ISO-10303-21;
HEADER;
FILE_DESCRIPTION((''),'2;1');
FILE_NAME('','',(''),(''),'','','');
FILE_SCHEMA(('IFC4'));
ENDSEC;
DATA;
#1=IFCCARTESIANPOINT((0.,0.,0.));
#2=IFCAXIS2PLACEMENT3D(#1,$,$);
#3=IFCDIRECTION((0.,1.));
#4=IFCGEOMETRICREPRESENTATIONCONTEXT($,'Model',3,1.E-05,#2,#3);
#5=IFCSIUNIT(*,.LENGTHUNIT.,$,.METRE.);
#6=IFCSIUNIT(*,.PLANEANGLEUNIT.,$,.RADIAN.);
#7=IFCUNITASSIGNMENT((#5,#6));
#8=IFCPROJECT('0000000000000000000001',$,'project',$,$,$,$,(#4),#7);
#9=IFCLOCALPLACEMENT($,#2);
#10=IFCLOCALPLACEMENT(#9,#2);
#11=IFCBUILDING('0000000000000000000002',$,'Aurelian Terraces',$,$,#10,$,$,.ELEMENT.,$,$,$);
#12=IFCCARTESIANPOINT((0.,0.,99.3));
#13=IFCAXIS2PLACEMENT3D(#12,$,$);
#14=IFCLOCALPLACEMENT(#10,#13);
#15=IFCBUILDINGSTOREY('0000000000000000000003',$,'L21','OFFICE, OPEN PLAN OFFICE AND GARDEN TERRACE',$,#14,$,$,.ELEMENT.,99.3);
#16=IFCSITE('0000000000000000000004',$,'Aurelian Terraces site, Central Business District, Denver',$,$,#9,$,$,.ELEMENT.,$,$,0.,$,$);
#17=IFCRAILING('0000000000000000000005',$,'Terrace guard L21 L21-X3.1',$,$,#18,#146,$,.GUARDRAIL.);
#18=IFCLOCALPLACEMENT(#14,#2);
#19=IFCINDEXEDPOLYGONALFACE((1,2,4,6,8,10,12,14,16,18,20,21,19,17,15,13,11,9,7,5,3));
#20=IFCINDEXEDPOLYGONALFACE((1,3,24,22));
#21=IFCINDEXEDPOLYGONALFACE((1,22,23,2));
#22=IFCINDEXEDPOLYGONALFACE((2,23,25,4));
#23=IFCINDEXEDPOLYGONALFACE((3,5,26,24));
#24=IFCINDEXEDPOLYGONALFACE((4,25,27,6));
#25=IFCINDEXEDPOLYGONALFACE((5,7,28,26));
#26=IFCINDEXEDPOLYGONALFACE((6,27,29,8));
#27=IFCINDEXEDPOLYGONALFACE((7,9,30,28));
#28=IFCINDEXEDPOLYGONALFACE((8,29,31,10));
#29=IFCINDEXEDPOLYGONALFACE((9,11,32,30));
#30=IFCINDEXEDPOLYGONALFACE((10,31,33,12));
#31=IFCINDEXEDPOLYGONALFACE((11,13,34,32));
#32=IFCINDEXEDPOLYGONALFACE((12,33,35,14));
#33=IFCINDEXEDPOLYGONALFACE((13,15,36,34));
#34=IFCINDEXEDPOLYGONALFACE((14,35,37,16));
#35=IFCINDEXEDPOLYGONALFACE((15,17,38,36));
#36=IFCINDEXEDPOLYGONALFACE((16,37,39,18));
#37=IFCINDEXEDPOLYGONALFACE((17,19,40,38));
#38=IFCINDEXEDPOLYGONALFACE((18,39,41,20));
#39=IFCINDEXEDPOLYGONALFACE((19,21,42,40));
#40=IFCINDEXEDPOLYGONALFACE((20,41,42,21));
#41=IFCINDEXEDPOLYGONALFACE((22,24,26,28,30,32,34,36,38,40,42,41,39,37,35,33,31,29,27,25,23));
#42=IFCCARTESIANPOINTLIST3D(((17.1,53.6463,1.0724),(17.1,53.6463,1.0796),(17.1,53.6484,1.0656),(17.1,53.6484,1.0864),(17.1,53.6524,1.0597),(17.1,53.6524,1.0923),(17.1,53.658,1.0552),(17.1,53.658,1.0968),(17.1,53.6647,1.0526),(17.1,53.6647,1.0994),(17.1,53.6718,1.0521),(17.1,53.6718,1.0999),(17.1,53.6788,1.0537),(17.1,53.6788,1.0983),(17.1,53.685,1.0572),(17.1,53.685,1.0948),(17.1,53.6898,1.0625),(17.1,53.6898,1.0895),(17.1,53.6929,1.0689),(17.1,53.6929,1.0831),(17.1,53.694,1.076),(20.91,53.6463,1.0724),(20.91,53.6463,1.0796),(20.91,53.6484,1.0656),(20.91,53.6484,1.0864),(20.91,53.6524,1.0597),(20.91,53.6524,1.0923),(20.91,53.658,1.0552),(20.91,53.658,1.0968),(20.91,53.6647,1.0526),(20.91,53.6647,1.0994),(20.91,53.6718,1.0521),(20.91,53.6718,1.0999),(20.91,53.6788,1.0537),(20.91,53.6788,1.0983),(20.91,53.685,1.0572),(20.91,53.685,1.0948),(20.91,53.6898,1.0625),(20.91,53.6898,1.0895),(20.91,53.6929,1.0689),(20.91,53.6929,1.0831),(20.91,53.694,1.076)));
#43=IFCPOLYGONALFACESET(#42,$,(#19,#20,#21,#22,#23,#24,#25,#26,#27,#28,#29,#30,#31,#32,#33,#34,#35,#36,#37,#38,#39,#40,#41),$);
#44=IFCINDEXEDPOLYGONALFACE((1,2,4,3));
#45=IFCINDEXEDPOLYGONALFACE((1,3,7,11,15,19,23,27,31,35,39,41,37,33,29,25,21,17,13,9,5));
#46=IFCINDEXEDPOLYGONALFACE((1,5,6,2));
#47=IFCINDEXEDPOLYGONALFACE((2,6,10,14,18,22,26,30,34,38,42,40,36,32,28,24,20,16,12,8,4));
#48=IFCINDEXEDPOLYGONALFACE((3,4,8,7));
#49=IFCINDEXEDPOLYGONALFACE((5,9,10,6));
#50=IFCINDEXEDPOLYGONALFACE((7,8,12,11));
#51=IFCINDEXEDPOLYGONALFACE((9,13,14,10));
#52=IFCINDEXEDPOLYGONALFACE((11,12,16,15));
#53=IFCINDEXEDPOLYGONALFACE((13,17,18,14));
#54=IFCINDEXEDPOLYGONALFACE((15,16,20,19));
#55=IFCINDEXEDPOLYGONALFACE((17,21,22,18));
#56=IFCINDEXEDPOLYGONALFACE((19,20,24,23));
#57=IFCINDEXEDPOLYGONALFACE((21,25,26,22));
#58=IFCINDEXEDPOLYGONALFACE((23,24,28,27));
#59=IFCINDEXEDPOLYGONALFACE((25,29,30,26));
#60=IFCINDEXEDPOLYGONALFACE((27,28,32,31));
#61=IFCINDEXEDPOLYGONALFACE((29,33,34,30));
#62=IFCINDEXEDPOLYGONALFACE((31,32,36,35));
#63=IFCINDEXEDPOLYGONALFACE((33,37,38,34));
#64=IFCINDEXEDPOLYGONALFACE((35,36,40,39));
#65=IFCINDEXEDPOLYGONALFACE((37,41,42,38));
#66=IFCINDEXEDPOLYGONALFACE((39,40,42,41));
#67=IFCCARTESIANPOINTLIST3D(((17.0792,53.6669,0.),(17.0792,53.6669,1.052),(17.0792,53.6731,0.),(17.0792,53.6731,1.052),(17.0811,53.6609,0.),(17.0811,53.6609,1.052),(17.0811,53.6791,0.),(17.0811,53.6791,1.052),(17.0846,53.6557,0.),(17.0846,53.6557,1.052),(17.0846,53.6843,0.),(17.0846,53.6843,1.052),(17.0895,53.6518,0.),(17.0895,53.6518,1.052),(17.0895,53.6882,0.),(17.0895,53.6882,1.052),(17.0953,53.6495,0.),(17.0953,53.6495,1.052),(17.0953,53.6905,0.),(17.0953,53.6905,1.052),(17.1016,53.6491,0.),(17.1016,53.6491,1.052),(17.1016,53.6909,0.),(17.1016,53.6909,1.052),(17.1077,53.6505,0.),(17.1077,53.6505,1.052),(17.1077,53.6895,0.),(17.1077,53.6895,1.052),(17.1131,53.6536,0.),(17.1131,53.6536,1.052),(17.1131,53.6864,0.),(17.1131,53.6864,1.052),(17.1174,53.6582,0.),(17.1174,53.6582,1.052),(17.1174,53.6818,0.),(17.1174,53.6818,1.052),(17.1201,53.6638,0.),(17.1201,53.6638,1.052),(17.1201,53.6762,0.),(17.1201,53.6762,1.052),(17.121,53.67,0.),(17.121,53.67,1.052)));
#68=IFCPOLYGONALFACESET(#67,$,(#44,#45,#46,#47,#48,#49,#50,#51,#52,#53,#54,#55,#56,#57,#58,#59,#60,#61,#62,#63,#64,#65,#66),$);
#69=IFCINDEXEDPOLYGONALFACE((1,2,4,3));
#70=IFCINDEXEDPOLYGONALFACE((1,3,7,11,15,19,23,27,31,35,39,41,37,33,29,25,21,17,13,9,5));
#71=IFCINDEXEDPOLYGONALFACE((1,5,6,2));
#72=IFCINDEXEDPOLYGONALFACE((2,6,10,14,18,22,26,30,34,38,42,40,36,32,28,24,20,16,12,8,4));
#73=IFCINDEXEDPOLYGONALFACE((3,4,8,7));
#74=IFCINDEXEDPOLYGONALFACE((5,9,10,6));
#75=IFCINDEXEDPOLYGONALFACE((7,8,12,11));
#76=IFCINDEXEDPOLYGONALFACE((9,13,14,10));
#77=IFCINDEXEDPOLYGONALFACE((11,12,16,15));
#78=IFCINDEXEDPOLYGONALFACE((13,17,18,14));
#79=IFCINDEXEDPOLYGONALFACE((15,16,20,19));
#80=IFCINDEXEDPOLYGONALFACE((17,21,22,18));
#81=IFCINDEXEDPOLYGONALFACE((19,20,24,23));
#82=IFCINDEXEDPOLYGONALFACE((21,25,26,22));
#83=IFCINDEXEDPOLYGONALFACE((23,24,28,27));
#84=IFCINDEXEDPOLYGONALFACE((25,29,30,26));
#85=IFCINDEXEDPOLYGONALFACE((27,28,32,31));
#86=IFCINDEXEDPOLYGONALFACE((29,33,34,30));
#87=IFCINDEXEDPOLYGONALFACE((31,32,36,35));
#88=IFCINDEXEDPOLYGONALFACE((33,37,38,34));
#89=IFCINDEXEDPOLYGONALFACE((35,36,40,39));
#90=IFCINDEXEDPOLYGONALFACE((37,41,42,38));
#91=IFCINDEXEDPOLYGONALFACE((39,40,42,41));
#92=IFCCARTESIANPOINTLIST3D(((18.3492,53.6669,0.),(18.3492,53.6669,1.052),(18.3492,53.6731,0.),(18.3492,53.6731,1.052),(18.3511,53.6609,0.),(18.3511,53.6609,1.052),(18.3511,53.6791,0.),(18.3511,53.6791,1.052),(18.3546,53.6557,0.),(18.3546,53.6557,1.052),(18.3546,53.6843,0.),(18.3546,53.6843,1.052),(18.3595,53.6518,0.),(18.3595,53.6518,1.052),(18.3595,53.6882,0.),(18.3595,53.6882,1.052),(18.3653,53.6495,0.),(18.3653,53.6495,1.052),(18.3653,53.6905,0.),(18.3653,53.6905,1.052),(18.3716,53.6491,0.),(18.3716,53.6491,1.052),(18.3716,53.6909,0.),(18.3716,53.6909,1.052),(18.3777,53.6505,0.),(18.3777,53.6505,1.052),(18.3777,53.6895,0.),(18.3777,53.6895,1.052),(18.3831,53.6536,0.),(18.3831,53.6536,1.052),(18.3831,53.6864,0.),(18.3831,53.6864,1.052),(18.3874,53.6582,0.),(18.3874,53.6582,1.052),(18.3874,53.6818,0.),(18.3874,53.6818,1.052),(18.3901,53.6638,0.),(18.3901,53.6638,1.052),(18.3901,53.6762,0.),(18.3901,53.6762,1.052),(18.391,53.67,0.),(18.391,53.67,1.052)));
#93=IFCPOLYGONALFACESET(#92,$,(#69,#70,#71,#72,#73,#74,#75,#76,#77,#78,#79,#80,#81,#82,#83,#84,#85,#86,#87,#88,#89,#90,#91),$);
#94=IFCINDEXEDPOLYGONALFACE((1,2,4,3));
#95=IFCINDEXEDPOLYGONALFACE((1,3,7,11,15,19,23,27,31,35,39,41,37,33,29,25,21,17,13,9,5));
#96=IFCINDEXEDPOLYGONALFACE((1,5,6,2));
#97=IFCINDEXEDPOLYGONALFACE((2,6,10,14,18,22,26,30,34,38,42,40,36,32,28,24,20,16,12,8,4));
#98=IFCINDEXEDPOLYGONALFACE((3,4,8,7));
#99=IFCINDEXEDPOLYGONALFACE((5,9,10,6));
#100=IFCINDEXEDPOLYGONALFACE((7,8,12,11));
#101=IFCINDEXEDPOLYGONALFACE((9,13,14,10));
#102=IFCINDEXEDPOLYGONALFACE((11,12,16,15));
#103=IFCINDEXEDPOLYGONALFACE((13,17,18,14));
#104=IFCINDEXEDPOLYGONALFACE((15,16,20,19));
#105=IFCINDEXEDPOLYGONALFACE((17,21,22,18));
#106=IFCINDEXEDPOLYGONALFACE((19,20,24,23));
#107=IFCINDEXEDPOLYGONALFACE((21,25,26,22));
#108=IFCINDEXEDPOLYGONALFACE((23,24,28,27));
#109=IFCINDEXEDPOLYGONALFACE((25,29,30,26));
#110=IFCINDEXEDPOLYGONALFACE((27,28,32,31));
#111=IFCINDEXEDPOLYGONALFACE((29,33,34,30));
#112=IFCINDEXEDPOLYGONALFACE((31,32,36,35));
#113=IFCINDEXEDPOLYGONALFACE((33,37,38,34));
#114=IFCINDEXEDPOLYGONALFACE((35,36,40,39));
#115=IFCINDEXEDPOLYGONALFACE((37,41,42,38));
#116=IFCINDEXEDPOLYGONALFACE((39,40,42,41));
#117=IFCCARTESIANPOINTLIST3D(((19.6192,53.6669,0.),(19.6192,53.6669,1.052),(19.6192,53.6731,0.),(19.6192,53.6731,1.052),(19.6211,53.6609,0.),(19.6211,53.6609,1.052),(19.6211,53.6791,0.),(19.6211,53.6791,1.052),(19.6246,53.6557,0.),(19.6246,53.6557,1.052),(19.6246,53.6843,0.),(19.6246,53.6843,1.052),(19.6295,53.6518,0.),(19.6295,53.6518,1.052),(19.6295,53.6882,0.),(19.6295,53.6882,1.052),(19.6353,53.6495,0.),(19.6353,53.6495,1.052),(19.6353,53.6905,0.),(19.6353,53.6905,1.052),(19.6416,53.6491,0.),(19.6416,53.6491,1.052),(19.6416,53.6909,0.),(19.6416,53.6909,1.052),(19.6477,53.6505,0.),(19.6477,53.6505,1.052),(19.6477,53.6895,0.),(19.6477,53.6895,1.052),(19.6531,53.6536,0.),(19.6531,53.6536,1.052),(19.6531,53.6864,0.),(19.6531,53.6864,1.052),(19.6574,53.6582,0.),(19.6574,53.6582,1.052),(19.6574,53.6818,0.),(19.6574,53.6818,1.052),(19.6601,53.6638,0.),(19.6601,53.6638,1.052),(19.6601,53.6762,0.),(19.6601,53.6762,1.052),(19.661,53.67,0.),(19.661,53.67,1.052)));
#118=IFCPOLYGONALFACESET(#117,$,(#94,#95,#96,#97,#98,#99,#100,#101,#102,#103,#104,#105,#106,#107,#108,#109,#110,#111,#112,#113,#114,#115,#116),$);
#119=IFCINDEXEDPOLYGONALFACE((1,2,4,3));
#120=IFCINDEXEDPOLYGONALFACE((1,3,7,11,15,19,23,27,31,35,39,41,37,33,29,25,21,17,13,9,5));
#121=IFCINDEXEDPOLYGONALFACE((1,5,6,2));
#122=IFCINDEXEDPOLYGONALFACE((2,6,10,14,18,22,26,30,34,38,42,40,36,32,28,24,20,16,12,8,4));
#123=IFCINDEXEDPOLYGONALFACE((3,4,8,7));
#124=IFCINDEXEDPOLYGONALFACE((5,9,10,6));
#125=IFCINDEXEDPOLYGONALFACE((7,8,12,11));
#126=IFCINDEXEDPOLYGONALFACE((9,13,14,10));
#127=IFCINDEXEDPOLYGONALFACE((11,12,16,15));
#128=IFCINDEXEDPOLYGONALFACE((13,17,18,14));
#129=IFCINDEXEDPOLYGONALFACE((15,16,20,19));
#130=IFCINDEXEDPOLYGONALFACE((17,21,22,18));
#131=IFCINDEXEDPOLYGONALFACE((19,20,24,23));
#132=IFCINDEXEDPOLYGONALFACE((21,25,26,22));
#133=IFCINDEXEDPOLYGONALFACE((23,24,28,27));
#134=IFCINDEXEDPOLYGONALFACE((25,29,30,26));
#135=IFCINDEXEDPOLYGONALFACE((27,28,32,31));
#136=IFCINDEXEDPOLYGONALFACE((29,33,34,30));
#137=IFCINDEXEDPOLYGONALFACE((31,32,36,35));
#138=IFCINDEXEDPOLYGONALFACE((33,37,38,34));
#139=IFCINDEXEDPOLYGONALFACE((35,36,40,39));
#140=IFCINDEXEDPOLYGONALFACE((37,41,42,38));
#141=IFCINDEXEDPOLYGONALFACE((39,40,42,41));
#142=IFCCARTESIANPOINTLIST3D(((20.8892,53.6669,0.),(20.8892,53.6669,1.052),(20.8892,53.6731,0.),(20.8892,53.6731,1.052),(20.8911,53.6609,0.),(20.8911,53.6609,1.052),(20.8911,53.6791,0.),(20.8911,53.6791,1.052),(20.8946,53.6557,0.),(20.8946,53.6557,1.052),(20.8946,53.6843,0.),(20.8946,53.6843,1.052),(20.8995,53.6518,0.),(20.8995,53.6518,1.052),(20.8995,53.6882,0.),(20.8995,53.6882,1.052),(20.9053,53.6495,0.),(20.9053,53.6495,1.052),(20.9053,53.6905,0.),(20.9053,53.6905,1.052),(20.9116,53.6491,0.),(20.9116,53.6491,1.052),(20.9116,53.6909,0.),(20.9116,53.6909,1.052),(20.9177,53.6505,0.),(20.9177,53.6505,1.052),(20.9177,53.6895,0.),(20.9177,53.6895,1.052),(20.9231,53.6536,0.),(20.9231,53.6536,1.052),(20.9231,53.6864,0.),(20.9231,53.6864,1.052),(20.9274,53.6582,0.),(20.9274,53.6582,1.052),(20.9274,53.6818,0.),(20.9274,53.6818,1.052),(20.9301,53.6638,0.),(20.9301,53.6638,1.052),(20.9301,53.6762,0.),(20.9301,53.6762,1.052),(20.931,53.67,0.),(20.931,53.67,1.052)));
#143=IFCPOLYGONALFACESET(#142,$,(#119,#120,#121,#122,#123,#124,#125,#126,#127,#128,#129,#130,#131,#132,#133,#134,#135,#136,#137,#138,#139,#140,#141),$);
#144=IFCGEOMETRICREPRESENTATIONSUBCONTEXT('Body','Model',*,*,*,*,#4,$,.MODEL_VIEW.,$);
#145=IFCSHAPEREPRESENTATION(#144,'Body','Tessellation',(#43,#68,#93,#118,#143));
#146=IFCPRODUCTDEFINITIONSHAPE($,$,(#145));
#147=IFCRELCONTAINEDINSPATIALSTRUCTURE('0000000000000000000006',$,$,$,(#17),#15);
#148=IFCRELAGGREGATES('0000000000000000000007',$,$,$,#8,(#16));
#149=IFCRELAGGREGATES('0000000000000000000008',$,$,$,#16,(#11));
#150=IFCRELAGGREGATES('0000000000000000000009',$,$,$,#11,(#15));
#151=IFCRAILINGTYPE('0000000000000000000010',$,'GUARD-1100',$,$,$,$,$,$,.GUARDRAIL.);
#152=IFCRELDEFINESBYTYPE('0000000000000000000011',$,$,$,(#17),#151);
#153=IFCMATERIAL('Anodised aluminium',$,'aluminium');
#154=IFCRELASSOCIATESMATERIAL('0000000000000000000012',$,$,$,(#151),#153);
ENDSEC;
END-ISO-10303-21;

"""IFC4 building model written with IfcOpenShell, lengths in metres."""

from ifc_helpers import new_model, si_unit, direction, frame, origin, origin_2d, place, context, subcontext, project, spatial, circle, extrude, material, type_object, element, save


model = new_model("IFC4")

# Units and contexts
model_context = context("Model", 3, precision=1e-05, world=origin(), true_north=direction((0.0, 1.0)))
body_context = subcontext(model_context, "Body", "Model", "MODEL_VIEW")
ifc_project = project(units=[si_unit("LENGTHUNIT", "METRE"), si_unit("PLANEANGLEUNIT", "RADIAN")], contexts=[model_context])

# Site, building, storey
site_placement = place(None, origin())
site = spatial("IfcSite", under=ifc_project, at=site_placement, Name="Aurelian Terraces site, Central Business District, Denver", CompositionType="ELEMENT", RefElevation=0.0)
building_placement = place(site_placement, origin())
building = spatial("IfcBuilding", under=site, at=building_placement, Name="Aurelian Terraces", CompositionType="ELEMENT")
storey_placement = place(building_placement, frame((0.0, 0.0, 99.3)))
storey = spatial("IfcBuildingStorey", under=building, at=storey_placement, Name="L21", Description="OFFICE, OPEN PLAN OFFICE AND GARDEN TERRACE", CompositionType="ELEMENT", Elevation=99.3)

# Railing
ifc_material_1 = material(Name="Anodised aluminium", Category="aluminium")
railing_type = type_object("IfcRailingType", Name="GUARD-1100", PredefinedType="GUARDRAIL", material=ifc_material_1)
railing_1_placement = place(storey_placement, frame((17.1, 53.67, 0.0)))
element("IfcRailing", 1, at=railing_1_placement, inside=storey, type_object=railing_type, Name="Terrace guard L21 L21-X3.1", PredefinedType="GUARDRAIL", context=body_context, shape_type="SweptSolid", body=[
    extrude(circle(Radius=0.024, at=origin_2d()), frame((0.0, 0.0, 1.076), z_axis=(1.0, 0.0, 0.0), x_axis=(0.0, 1.0, 0.0)), (0.0, 0.0, 1.0), 3.81),
    extrude(circle(Radius=0.021, at=origin_2d()), origin(), (0.0, 0.0, 1.0), 1.052),
    extrude(circle(Radius=0.021, at=origin_2d()), frame((1.27, 0.0, 0.0)), (0.0, 0.0, 1.0), 1.052),
    extrude(circle(Radius=0.021, at=origin_2d()), frame((2.54, 0.0, 0.0)), (0.0, 0.0, 1.0), 1.052),
    extrude(circle(Radius=0.021, at=origin_2d()), frame((3.81, 0.0, 0.0)), (0.0, 0.0, 1.0), 1.052),
])

save(model, "model.ifc")
